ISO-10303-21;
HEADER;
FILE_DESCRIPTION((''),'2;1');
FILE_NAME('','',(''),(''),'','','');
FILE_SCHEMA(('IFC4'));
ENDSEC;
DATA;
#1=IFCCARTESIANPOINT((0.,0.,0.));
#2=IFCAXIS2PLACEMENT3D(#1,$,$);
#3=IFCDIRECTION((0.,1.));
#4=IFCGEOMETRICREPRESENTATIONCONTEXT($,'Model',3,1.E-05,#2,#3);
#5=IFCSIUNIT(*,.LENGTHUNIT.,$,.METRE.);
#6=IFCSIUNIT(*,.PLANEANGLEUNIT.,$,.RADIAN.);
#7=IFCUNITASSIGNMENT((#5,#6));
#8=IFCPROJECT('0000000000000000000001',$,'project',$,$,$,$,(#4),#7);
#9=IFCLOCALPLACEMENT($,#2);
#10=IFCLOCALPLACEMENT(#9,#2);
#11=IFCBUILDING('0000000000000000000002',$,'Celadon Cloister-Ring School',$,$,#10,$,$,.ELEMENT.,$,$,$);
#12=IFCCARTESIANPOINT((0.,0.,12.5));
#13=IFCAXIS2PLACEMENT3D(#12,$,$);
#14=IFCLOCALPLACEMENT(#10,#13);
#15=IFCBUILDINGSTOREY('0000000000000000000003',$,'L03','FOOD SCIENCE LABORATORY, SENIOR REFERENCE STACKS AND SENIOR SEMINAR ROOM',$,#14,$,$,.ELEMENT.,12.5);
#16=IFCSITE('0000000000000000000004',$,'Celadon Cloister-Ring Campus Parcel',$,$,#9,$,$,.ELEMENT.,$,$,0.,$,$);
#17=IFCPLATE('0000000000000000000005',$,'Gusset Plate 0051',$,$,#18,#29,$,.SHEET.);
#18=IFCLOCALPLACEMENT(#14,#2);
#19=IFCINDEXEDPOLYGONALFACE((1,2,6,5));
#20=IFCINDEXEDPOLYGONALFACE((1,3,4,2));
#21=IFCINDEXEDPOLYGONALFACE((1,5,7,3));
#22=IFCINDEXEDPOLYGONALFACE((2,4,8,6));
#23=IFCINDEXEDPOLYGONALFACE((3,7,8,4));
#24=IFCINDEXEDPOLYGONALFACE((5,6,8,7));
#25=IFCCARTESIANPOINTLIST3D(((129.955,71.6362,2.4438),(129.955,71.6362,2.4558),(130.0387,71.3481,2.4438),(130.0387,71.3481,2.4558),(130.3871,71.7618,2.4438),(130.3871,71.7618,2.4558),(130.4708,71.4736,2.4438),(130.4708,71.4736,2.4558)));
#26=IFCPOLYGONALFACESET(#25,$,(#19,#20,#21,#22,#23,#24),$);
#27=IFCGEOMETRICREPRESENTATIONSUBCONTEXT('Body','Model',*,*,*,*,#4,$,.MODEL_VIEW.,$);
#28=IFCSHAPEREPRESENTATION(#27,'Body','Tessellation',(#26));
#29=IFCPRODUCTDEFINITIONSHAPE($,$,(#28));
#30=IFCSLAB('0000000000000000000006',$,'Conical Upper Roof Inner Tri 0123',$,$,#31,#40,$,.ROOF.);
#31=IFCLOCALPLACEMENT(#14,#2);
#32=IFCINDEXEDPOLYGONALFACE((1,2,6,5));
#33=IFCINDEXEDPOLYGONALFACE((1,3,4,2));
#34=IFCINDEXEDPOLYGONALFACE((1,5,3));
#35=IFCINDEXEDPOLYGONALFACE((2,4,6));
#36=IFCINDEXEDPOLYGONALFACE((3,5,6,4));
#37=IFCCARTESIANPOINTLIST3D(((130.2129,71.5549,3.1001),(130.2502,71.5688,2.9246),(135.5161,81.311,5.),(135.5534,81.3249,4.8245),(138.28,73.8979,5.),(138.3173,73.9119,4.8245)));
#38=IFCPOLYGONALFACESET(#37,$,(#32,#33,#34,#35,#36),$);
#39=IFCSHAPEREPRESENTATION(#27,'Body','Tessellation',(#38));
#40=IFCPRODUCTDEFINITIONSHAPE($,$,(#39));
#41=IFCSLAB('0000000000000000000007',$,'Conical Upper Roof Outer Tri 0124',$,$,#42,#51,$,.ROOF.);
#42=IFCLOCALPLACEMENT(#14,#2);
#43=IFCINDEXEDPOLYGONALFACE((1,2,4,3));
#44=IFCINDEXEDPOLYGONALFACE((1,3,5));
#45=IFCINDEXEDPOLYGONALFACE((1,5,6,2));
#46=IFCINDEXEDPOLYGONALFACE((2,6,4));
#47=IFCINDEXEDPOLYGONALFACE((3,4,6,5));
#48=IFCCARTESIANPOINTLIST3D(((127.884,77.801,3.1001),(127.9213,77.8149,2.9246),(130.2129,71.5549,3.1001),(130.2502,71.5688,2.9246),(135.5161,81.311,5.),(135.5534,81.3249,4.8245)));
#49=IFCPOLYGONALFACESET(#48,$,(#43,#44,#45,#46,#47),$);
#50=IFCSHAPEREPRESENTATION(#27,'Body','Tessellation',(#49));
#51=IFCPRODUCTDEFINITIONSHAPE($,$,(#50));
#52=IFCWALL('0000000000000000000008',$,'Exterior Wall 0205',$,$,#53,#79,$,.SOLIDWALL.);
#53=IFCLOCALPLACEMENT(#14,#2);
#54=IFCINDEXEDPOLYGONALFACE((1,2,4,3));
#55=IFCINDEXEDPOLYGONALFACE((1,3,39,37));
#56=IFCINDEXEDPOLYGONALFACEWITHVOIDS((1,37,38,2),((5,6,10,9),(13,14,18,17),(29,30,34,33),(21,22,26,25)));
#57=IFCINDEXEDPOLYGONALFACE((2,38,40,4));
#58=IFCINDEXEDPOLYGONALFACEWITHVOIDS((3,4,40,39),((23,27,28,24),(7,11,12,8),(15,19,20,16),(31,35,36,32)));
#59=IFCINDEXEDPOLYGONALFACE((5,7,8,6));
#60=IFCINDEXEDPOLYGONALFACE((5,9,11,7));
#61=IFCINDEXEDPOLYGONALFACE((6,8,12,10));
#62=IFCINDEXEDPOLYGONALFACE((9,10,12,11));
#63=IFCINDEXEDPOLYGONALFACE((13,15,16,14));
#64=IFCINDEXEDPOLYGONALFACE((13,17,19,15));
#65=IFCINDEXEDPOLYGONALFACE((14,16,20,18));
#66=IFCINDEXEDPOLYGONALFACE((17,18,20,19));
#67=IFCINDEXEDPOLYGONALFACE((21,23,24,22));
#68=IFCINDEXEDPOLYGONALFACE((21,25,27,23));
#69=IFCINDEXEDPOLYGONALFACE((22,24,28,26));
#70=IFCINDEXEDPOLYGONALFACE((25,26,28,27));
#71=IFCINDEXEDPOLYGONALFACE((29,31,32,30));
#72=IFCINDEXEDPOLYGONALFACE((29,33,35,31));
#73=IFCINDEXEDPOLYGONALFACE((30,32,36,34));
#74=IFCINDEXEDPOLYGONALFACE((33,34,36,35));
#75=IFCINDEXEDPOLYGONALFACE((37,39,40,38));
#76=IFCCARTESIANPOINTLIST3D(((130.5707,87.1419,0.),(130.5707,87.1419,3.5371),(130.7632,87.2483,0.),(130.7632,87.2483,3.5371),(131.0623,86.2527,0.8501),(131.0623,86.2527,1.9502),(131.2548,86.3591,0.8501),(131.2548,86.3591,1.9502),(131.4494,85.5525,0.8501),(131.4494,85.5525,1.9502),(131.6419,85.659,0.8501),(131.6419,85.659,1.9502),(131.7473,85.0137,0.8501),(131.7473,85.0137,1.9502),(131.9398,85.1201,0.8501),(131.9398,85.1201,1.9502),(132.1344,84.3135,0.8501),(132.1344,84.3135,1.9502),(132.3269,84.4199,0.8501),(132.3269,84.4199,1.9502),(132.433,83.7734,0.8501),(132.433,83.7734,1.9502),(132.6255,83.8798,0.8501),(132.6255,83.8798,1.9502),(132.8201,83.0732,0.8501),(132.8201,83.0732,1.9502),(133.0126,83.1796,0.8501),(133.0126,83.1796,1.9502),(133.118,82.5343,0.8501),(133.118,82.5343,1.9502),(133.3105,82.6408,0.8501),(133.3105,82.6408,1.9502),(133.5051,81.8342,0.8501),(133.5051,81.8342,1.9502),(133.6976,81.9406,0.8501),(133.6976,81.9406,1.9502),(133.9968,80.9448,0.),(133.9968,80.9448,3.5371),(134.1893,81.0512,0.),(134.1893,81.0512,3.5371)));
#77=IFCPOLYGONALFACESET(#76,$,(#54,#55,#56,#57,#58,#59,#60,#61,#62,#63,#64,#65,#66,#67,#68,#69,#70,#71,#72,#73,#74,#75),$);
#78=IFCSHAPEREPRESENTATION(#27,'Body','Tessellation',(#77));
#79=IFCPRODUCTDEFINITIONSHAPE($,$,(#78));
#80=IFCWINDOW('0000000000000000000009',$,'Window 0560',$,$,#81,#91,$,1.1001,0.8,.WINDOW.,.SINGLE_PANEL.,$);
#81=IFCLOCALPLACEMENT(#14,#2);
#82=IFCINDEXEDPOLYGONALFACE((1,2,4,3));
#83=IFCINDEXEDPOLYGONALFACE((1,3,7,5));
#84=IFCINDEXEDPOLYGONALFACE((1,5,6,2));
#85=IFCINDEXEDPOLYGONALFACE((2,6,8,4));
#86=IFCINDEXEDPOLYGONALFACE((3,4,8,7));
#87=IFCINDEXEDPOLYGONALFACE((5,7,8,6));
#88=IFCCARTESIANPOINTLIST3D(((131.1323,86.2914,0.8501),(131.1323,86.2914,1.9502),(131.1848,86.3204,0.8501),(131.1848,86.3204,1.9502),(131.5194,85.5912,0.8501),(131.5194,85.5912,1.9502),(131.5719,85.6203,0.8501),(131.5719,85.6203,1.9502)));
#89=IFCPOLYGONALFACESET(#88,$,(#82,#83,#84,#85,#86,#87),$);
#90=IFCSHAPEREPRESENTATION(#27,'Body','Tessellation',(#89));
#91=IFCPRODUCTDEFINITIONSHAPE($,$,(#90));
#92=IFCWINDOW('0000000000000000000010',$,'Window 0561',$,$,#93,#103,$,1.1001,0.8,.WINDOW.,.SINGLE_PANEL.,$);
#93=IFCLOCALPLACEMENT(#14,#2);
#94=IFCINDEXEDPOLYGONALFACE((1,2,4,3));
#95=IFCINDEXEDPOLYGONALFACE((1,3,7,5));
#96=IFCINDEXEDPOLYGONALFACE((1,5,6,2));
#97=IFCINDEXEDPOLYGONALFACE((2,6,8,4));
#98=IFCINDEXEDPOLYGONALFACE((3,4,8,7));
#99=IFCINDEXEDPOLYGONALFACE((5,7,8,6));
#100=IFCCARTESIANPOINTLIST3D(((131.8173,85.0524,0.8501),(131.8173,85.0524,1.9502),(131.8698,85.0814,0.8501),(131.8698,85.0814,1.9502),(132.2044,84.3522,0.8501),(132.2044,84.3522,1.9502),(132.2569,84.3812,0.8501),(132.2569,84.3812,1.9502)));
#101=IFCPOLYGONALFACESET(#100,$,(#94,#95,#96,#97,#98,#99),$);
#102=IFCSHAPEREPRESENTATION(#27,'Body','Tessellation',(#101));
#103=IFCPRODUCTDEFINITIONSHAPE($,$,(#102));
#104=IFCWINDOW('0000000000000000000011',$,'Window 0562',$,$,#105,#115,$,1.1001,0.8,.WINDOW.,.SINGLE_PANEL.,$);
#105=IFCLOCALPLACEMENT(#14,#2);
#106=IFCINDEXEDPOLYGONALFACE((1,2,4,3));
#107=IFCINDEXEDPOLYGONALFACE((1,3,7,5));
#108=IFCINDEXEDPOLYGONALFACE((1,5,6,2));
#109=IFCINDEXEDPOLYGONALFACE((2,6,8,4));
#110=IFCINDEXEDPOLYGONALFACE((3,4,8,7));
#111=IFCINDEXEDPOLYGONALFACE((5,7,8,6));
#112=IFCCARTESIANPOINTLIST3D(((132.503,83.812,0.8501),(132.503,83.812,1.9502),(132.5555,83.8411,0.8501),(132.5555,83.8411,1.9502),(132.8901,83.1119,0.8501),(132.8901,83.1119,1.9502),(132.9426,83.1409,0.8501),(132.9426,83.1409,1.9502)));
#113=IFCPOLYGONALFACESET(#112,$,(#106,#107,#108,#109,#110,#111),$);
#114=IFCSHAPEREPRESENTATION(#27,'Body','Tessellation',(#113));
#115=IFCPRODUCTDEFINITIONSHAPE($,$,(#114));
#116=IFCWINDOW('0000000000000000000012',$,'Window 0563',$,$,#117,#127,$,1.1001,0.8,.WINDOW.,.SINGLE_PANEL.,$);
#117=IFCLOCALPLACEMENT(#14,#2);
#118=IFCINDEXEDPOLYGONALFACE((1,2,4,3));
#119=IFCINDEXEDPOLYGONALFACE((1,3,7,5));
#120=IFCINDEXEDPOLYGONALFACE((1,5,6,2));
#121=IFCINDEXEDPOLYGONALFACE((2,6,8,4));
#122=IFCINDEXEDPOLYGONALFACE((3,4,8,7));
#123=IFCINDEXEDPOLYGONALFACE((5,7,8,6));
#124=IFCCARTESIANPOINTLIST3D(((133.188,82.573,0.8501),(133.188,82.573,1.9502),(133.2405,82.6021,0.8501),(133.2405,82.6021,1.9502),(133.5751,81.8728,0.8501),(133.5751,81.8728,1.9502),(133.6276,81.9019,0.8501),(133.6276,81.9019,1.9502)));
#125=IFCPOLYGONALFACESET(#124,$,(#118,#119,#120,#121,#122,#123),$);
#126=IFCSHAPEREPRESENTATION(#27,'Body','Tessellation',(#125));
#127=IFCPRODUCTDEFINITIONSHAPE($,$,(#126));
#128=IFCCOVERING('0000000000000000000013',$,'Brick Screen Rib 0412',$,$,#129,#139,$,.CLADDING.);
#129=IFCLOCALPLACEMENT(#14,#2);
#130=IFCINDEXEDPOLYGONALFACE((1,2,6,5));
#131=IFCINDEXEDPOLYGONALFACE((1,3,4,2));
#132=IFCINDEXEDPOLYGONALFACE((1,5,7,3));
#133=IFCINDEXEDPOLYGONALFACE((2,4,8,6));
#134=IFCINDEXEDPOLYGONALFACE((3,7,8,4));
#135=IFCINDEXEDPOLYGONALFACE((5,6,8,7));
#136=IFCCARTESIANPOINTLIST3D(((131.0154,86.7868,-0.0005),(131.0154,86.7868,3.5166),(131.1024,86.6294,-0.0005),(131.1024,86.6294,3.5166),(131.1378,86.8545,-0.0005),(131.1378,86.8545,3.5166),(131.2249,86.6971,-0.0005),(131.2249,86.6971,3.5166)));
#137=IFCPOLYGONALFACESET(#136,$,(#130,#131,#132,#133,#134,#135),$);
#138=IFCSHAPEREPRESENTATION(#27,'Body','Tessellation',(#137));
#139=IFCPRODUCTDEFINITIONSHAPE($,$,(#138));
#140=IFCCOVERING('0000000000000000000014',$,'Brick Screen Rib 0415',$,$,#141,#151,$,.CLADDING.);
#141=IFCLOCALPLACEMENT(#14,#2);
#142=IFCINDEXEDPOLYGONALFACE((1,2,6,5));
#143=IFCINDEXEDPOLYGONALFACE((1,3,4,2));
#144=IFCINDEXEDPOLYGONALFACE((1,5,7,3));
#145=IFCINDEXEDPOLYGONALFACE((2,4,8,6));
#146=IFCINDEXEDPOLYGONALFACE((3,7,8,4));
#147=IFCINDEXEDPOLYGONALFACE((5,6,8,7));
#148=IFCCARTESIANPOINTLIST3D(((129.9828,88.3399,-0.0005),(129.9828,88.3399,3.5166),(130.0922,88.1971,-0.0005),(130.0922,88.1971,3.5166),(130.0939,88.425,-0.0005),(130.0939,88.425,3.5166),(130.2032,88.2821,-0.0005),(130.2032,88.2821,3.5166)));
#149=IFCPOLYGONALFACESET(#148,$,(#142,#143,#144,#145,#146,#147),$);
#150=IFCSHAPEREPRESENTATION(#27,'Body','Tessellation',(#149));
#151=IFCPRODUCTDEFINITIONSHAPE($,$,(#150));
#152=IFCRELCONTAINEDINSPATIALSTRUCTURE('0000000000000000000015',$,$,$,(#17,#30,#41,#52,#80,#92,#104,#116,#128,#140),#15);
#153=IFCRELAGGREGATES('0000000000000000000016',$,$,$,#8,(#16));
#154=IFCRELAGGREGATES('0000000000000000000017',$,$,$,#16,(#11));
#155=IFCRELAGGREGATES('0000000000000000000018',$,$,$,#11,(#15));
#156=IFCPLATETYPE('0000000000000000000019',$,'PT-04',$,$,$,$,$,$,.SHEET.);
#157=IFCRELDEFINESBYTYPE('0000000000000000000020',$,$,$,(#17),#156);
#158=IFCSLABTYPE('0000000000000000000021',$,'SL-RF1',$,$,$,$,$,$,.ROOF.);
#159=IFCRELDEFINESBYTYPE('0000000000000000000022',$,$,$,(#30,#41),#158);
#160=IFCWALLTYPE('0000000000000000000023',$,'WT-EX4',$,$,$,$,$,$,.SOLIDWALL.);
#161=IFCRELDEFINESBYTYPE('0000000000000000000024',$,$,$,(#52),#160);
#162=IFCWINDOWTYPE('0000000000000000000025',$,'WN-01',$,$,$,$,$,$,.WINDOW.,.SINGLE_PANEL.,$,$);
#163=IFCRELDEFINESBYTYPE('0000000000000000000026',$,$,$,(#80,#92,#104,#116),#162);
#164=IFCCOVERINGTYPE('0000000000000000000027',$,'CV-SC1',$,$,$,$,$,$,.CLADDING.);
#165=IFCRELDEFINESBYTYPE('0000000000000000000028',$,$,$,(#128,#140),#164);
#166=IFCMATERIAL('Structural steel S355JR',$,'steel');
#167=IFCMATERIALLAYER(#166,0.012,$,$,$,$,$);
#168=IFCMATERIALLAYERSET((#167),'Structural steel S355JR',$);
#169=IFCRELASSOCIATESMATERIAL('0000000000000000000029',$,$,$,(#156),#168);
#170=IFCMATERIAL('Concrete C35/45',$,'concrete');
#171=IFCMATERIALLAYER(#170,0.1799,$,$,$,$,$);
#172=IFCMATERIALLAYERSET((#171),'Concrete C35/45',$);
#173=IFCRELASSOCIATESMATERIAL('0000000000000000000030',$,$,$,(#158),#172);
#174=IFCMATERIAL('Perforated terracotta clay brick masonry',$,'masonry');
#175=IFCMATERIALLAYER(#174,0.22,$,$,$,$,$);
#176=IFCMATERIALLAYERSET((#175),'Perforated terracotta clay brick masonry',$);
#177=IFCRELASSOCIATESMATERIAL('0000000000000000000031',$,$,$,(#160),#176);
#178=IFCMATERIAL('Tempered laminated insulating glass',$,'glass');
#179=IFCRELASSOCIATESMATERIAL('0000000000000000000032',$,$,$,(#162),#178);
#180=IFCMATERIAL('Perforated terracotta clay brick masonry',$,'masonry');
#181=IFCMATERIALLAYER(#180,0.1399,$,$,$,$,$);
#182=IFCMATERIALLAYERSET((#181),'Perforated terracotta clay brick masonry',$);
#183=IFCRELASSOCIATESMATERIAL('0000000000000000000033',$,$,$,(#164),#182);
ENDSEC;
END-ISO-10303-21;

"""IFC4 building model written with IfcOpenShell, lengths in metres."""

from ifc_helpers import new_model, si_unit, direction, frame, frame_2d, origin, origin_2d, place, context, subcontext, project, spatial, polyline, rectangle, outline, extrude, material, layer, layer_set, type_object, element, fill, save


model = new_model("IFC4")

# Units and contexts
model_context = context("Model", 3, precision=1e-05, world=origin(), true_north=direction((0.0, 1.0)))
body_context = subcontext(model_context, "Body", "Model", "MODEL_VIEW")
ifc_project = project(units=[si_unit("LENGTHUNIT", "METRE"), si_unit("PLANEANGLEUNIT", "RADIAN")], contexts=[model_context])

# Site, building, storey
site_placement = place(None, origin())
site = spatial("IfcSite", under=ifc_project, at=site_placement, Name="Celadon Cloister-Ring Campus Parcel", CompositionType="ELEMENT", RefElevation=0.0)
building_placement = place(site_placement, origin())
building = spatial("IfcBuilding", under=site, at=building_placement, Name="Celadon Cloister-Ring School", CompositionType="ELEMENT")
storey_placement = place(building_placement, frame((0.0, 0.0, 12.5)))
storey = spatial("IfcBuildingStorey", under=building, at=storey_placement, Name="L03", Description="FOOD SCIENCE LABORATORY, SENIOR REFERENCE STACKS AND SENIOR SEMINAR ROOM", CompositionType="ELEMENT", Elevation=12.5)

# Plate
ifc_material_1 = material(Name="Structural steel S355JR", Category="steel")
ifc_layer_1 = layer(ifc_material_1, 0.012)
ifc_layer_set_1 = layer_set([ifc_layer_1], Name="Structural steel S355JR")
plate_type_1 = type_object("IfcPlateType", Name="PT-04", PredefinedType="SHEET", material=ifc_layer_set_1)
plate_1_placement = place(storey_placement, frame((130.2129, 71.5549, 2.4438), z_axis=(0.0, 0.0, 1.0), x_axis=(0.960294, 0.278991, 0.0)))
element("IfcPlate", 1, at=plate_1_placement, inside=storey, type_object=plate_type_1, Name="Gusset Plate 0051", PredefinedType="SHEET", context=body_context, shape_type="SweptSolid", body=[
    extrude(rectangle(XDim=0.45, YDim=0.3, at=origin_2d()), origin(), (0.0, 0.0, 1.0), 0.012),
])

# Slabs
ifc_material_2 = material(Name="Concrete C35/45", Category="concrete")
ifc_layer_2 = layer(ifc_material_2, 0.1799)
ifc_layer_set_2 = layer_set([ifc_layer_2], Name="Concrete C35/45")
slab_type = type_object("IfcSlabType", Name="SL-RF1", PredefinedType="ROOF", material=ifc_layer_set_2)
slab_1_placement = place(storey_placement, frame((130.2129, 71.5549, 3.1001), z_axis=(-0.207237, -0.077267, 0.975235), x_axis=(0.936659, 0.272043, 0.220594)))
element("IfcSlab", 2, at=slab_1_placement, inside=storey, type_object=slab_type, Name="Conical Upper Roof Inner Tri 0123", PredefinedType="ROOF", context=body_context, shape_type="SweptSolid", body=[
    extrude(outline(polyline([(0.0, 0.0), (8.6127, 0.0), (8.0405, 7.8909), (0.0, 0.0)])), origin(), (0.0, 0.0, -1.0), 0.1799),
])
slab_2_placement = place(storey_placement, frame((130.2129, 71.5549, 3.1001), z_axis=(-0.207236, -0.077268, 0.975235), x_axis=(0.470742, 0.866003, 0.168645)))
element("IfcSlab", 3, at=slab_2_placement, inside=storey, type_object=slab_type, Name="Conical Upper Roof Outer Tri 0124", PredefinedType="ROOF", context=body_context, shape_type="SweptSolid", body=[
    extrude(outline(polyline([(0.0, 0.0), (11.2657, 0.0), (4.3128, 5.083), (0.0, 0.0)])), origin(), (0.0, 0.0, -1.0), 0.1799),
])

# Wall, openings, windows
ifc_material_3 = material(Name="Perforated terracotta clay brick masonry", Category="masonry")
ifc_layer_3 = layer(ifc_material_3, 0.22)
ifc_layer_set_3 = layer_set([ifc_layer_3], Name="Perforated terracotta clay brick masonry")
wall_type = type_object("IfcWallType", Name="WT-EX4", PredefinedType="SOLIDWALL", material=ifc_layer_set_3)
wall_placement = place(storey_placement, frame((130.667, 87.1951, 0.0), z_axis=(0.0, 0.0, 1.0), x_axis=(0.483833, -0.87516, 0.0)))
wall = element("IfcWall", 4, at=wall_placement, inside=storey, type_object=wall_type, Name="Exterior Wall 0205", PredefinedType="SOLIDWALL", context=body_context, shape_type="SweptSolid", body=[
    extrude(rectangle(XDim=7.0811, YDim=0.22, at=frame_2d((3.5405, 0.0))), origin(), (0.0, 0.0, 1.0), 3.5371),
])
opening_1_placement = place(wall_placement, frame((1.0161, 0.0, 0.8501)))
opening_1 = element("IfcOpeningElement", 5, at=opening_1_placement, cuts=wall, PredefinedType="OPENING", context=body_context, shape_type="SweptSolid", body=[
    extrude(rectangle(XDim=0.8, YDim=1.1001, at=frame_2d((0.3999, 0.55))), frame((0.0, 0.1201, 0.0), z_axis=(0.0, -1.0, 0.0), x_axis=(1.0, 0.0, 0.0)), (0.0, 0.0, 1.0), 0.24),
])
opening_2_placement = place(wall_placement, frame((2.4319, 0.0, 0.8501)))
opening_2 = element("IfcOpeningElement", 6, at=opening_2_placement, cuts=wall, PredefinedType="OPENING", context=body_context, shape_type="SweptSolid", body=[
    extrude(rectangle(XDim=0.8, YDim=1.1001, at=frame_2d((0.3999, 0.55))), frame((0.0, 0.1201, 0.0), z_axis=(0.0, -1.0, 0.0), x_axis=(1.0, 0.0, 0.0)), (0.0, 0.0, 1.0), 0.24),
])
opening_3_placement = place(wall_placement, frame((3.8491, 0.0, 0.8501)))
opening_3 = element("IfcOpeningElement", 7, at=opening_3_placement, cuts=wall, PredefinedType="OPENING", context=body_context, shape_type="SweptSolid", body=[
    extrude(rectangle(XDim=0.8, YDim=1.1001, at=frame_2d((0.3999, 0.55))), frame((0.0, 0.1201, 0.0), z_axis=(0.0, -1.0, 0.0), x_axis=(1.0, 0.0, 0.0)), (0.0, 0.0, 1.0), 0.24),
])
opening_4_placement = place(wall_placement, frame((5.2649, 0.0, 0.8501)))
opening_4 = element("IfcOpeningElement", 8, at=opening_4_placement, cuts=wall, PredefinedType="OPENING", context=body_context, shape_type="SweptSolid", body=[
    extrude(rectangle(XDim=0.8, YDim=1.1001, at=frame_2d((0.3999, 0.55))), frame((0.0, 0.1201, 0.0), z_axis=(0.0, -1.0, 0.0), x_axis=(1.0, 0.0, 0.0)), (0.0, 0.0, 1.0), 0.24),
])
ifc_material_4 = material(Name="Tempered laminated insulating glass", Category="glass")
window_type = type_object("IfcWindowType", Name="WN-01", PartitioningType="SINGLE_PANEL", PredefinedType="WINDOW", material=ifc_material_4)
window_1_placement = place(opening_1_placement, origin())
window_1 = element("IfcWindow", 9, at=window_1_placement, inside=storey, type_object=window_type, Name="Window 0560", OverallHeight=1.1001, OverallWidth=0.8, PartitioningType="SINGLE_PANEL", PredefinedType="WINDOW", context=body_context, shape_type="SweptSolid", body=[
    extrude(rectangle(XDim=0.8, YDim=1.1001, at=frame_2d((0.3999, 0.55))), frame((0.0, 0.03, 0.0), z_axis=(0.0, -1.0, 0.0), x_axis=(1.0, 0.0, 0.0)), (0.0, 0.0, 1.0), 0.0601),
])
fill(opening_1, window_1)
window_2_placement = place(opening_2_placement, origin())
window_2 = element("IfcWindow", 10, at=window_2_placement, inside=storey, type_object=window_type, Name="Window 0561", OverallHeight=1.1001, OverallWidth=0.8, PartitioningType="SINGLE_PANEL", PredefinedType="WINDOW", context=body_context, shape_type="SweptSolid", body=[
    extrude(rectangle(XDim=0.8, YDim=1.1001, at=frame_2d((0.3999, 0.55))), frame((0.0, 0.03, 0.0), z_axis=(0.0, -1.0, 0.0), x_axis=(1.0, 0.0, 0.0)), (0.0, 0.0, 1.0), 0.0601),
])
fill(opening_2, window_2)
window_3_placement = place(opening_3_placement, origin())
window_3 = element("IfcWindow", 11, at=window_3_placement, inside=storey, type_object=window_type, Name="Window 0562", OverallHeight=1.1001, OverallWidth=0.8, PartitioningType="SINGLE_PANEL", PredefinedType="WINDOW", context=body_context, shape_type="SweptSolid", body=[
    extrude(rectangle(XDim=0.8, YDim=1.1001, at=frame_2d((0.3999, 0.55))), frame((0.0, 0.03, 0.0), z_axis=(0.0, -1.0, 0.0), x_axis=(1.0, 0.0, 0.0)), (0.0, 0.0, 1.0), 0.0601),
])
fill(opening_3, window_3)
window_4_placement = place(opening_4_placement, origin())
window_4 = element("IfcWindow", 12, at=window_4_placement, inside=storey, type_object=window_type, Name="Window 0563", OverallHeight=1.1001, OverallWidth=0.8, PartitioningType="SINGLE_PANEL", PredefinedType="WINDOW", context=body_context, shape_type="SweptSolid", body=[
    extrude(rectangle(XDim=0.8, YDim=1.1001, at=frame_2d((0.3999, 0.55))), frame((0.0, 0.03, 0.0), z_axis=(0.0, -1.0, 0.0), x_axis=(1.0, 0.0, 0.0)), (0.0, 0.0, 1.0), 0.0601),
])
fill(opening_4, window_4)

# Coverings
ifc_material_5 = material(Name="Perforated terracotta clay brick masonry", Category="masonry")
ifc_layer_4 = layer(ifc_material_5, 0.1399)
ifc_layer_set_4 = layer_set([ifc_layer_4], Name="Perforated terracotta clay brick masonry")
covering_type = type_object("IfcCoveringType", Name="CV-SC1", PredefinedType="CLADDING", material=ifc_layer_set_4)
for number, where, z_axis, x_axis, name in (
    (13, (131.1201, 86.7419, -0.0005), (0.0, 0.0, 1.0), (0.483832, -0.875161, 0.0), "Brick Screen Rib 0412"),
    (14, (130.093, 88.311, -0.0005), (0.0, 0.0, 1.0), (0.607986, -0.793948, 0.0), "Brick Screen Rib 0415"),
):
    element("IfcCovering", number, at=place(storey_placement, frame(where, z_axis=z_axis, x_axis=x_axis)), inside=storey, type_object=covering_type, Name=name, PredefinedType="CLADDING", context=body_context, shape_type="SweptSolid", body=[
        extrude(rectangle(XDim=0.1799, YDim=0.1399, at=origin_2d()), origin(), (0.0, 0.0, 1.0), 3.5171),
    ])

save(model, "model.ifc")
